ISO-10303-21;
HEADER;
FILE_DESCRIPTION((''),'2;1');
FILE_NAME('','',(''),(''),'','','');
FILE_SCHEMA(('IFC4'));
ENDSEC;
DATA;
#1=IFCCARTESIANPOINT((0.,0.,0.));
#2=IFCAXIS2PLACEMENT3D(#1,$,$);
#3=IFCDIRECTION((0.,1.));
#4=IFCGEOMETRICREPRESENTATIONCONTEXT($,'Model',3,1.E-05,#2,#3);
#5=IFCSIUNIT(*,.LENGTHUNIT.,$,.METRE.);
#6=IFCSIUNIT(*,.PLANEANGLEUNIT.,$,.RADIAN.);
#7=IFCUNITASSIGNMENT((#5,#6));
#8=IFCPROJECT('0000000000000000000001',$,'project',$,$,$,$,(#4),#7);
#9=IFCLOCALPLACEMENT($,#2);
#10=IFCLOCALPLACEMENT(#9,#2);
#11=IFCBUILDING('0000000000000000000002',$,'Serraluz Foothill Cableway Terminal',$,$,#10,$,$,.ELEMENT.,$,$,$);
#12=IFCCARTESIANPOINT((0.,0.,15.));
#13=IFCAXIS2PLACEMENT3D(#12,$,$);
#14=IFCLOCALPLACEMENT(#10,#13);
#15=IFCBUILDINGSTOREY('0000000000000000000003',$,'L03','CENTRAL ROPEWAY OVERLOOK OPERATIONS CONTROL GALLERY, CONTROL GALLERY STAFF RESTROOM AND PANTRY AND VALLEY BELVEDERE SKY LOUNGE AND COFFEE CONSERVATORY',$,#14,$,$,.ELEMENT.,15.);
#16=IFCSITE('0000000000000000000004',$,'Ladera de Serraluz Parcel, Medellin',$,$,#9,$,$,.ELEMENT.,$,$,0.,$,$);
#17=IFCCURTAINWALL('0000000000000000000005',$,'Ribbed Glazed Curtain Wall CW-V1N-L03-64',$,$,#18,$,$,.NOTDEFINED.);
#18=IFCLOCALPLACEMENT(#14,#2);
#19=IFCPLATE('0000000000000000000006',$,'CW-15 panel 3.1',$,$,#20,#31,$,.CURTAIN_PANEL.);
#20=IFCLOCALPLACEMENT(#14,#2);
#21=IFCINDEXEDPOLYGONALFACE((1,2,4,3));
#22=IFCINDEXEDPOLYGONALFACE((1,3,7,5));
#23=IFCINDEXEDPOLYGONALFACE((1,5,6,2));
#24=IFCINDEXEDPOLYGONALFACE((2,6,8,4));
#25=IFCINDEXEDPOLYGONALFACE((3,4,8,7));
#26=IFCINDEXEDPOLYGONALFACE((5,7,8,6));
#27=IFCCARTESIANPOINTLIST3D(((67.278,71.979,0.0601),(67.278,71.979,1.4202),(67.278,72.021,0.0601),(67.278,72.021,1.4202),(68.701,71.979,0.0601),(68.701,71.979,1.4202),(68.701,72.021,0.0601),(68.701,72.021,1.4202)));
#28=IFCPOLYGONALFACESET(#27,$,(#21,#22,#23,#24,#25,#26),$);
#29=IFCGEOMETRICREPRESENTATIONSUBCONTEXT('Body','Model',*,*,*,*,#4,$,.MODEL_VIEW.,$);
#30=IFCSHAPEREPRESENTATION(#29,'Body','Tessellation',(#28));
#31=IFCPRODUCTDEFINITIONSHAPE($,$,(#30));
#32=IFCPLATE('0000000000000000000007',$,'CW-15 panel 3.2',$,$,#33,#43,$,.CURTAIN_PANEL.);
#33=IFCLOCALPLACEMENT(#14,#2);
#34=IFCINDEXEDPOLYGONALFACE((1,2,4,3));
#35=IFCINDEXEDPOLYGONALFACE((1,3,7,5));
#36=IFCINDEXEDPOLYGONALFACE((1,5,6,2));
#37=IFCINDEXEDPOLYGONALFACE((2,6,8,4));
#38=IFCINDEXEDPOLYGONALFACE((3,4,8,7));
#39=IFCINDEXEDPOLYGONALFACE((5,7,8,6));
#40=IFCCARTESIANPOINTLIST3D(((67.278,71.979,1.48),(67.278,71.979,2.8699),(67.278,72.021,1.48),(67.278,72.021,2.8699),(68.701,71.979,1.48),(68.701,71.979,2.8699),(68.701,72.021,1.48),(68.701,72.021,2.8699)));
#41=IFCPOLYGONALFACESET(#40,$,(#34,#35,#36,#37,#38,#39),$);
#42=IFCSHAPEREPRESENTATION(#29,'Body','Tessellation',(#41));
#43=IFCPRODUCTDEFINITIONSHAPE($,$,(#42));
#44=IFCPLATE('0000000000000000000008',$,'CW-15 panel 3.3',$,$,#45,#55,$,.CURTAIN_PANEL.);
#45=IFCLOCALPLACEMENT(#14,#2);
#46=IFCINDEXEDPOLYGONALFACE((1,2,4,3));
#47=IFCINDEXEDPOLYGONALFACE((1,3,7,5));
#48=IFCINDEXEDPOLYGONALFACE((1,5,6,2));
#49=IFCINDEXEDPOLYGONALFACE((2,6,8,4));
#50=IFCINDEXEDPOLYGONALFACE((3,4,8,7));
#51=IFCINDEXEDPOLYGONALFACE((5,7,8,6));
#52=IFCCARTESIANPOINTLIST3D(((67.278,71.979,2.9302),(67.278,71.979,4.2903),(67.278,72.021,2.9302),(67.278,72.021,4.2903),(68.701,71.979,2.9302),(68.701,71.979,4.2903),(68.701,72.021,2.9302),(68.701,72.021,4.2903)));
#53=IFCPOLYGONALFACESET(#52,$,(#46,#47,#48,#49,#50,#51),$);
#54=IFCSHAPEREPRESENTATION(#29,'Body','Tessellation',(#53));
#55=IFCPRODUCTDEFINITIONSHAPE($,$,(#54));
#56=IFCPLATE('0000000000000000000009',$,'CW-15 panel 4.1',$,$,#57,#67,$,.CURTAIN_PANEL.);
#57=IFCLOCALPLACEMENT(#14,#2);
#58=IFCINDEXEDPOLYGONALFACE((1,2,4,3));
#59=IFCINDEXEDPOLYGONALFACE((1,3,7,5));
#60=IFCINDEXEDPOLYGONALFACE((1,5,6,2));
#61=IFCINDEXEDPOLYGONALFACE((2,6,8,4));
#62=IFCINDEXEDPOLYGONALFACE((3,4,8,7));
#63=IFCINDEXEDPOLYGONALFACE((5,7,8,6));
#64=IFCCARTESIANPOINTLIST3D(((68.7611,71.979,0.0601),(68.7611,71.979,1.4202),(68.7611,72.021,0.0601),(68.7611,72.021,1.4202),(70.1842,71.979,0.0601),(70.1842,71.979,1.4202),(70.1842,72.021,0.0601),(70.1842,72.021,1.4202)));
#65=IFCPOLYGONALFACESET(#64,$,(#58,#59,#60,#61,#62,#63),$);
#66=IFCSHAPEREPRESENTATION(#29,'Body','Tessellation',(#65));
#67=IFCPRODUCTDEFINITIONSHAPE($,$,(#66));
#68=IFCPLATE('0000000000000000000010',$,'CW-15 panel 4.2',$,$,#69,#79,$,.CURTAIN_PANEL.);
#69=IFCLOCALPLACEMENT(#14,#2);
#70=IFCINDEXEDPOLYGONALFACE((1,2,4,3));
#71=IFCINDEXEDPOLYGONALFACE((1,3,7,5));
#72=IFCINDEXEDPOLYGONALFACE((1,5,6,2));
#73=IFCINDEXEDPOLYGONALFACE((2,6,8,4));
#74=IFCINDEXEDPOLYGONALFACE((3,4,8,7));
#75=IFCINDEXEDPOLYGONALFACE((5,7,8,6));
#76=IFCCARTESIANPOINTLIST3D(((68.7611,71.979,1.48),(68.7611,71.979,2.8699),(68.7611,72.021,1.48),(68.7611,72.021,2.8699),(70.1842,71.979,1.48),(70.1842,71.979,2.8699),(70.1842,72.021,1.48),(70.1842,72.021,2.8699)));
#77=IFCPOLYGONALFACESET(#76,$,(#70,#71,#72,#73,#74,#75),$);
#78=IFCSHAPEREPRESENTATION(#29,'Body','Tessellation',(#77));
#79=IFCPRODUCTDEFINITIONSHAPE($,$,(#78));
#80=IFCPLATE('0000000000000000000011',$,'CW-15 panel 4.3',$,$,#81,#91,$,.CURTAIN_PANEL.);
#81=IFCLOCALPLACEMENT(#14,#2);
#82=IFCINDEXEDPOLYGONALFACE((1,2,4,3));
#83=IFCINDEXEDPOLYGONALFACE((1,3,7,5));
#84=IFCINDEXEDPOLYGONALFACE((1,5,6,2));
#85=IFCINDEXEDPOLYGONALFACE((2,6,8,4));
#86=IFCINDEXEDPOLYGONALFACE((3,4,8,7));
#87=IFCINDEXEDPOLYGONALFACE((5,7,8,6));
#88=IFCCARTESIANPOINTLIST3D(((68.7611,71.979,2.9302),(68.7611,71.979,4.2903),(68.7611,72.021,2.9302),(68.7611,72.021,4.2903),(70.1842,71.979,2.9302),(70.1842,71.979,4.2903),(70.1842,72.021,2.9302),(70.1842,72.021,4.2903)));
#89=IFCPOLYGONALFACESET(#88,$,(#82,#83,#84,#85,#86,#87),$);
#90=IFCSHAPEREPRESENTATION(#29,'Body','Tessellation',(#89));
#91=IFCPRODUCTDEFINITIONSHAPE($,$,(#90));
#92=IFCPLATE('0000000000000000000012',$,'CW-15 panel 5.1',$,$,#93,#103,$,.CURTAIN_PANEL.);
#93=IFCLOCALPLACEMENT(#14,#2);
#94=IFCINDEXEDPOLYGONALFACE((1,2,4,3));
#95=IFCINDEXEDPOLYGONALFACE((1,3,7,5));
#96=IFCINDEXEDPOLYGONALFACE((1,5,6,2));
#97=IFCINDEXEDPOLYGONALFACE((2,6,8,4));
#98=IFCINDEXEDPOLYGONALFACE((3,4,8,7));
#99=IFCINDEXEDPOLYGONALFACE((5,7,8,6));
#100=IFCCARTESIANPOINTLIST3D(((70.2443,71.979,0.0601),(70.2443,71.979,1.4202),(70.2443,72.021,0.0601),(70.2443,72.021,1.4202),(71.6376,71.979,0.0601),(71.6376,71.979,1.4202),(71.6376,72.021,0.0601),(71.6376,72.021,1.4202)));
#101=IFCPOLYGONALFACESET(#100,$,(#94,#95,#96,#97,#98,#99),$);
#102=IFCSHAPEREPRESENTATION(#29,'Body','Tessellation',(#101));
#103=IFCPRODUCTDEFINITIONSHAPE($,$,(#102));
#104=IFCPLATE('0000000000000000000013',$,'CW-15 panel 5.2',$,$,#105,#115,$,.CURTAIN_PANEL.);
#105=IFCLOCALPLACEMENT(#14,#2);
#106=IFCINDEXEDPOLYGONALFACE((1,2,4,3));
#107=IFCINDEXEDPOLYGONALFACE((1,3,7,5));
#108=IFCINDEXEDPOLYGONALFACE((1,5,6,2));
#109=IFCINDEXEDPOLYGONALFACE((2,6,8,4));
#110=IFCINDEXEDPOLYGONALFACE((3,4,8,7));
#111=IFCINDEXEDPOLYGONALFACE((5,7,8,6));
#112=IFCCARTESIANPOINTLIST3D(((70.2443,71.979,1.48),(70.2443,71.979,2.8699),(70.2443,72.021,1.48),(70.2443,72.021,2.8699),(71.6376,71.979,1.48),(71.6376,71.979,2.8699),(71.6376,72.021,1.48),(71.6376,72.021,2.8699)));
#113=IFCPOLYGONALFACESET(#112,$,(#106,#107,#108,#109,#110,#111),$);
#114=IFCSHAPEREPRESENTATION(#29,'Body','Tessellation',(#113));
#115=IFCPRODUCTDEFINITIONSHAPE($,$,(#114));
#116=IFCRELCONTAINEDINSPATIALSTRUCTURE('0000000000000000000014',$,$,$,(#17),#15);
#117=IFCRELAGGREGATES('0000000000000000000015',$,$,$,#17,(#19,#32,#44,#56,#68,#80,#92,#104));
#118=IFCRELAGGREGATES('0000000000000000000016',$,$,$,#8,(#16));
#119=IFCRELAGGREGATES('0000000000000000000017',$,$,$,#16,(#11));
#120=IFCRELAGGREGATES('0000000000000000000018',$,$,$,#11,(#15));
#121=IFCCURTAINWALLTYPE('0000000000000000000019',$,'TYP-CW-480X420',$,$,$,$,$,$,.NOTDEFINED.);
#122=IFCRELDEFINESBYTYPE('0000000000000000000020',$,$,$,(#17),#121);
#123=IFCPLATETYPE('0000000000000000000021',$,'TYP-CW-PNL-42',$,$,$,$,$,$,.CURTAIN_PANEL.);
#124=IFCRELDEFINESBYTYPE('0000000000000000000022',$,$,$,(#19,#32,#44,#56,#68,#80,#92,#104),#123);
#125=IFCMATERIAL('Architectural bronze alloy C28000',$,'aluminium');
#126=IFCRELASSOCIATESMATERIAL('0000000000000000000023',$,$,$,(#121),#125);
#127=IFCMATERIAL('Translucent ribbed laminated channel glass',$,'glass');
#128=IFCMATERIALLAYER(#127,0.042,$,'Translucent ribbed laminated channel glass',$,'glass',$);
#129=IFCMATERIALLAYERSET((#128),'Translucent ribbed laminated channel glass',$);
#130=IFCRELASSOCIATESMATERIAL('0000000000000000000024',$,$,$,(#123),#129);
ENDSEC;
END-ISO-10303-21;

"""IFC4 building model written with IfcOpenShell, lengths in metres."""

from ifc_helpers import new_model, si_unit, direction, frame, origin, origin_2d, place, context, subcontext, project, spatial, rectangle, extrude, material, layer, layer_set, type_object, element, aggregate, save


model = new_model("IFC4")

# Units and contexts
model_context = context("Model", 3, precision=1e-05, world=origin(), true_north=direction((0.0, 1.0)))
body_context = subcontext(model_context, "Body", "Model", "MODEL_VIEW")
ifc_project = project(units=[si_unit("LENGTHUNIT", "METRE"), si_unit("PLANEANGLEUNIT", "RADIAN")], contexts=[model_context])

# Site, building, storey
site_placement = place(None, origin())
site = spatial("IfcSite", under=ifc_project, at=site_placement, Name="Ladera de Serraluz Parcel, Medellin", CompositionType="ELEMENT", RefElevation=0.0)
building_placement = place(site_placement, origin())
building = spatial("IfcBuilding", under=site, at=building_placement, Name="Serraluz Foothill Cableway Terminal", CompositionType="ELEMENT")
storey_placement = place(building_placement, frame((0.0, 0.0, 15.0)))
storey = spatial("IfcBuildingStorey", under=building, at=storey_placement, Name="L03", Description="CENTRAL ROPEWAY OVERLOOK OPERATIONS CONTROL GALLERY, CONTROL GALLERY STAFF RESTROOM AND PANTRY AND VALLEY BELVEDERE SKY LOUNGE AND COFFEE CONSERVATORY", CompositionType="ELEMENT", Elevation=15.0)

# Curtain wall, plates
ifc_material_1 = material(Name="Architectural bronze alloy C28000", Category="aluminium")
curtain_wall_type = type_object("IfcCurtainWallType", Name="TYP-CW-480X420", PredefinedType="NOTDEFINED", material=ifc_material_1)
curtain_wall_placement = place(storey_placement, origin())
curtain_wall = element("IfcCurtainWall", 1, at=curtain_wall_placement, inside=storey, type_object=curtain_wall_type, Name="Ribbed Glazed Curtain Wall CW-V1N-L03-64", PredefinedType="NOTDEFINED")
ifc_material_2 = material(Name="Translucent ribbed laminated channel glass", Category="glass")
ifc_layer = layer(ifc_material_2, 0.042, Name="Translucent ribbed laminated channel glass", Category="glass")
ifc_layer_set = layer_set([ifc_layer], Name="Translucent ribbed laminated channel glass")
plate_type = type_object("IfcPlateType", Name="TYP-CW-PNL-42", PredefinedType="CURTAIN_PANEL", material=ifc_layer_set)
plate_1_placement = place(storey_placement, frame((67.9895, 72.0, 0.0601), z_axis=(0.0, 0.0, 1.0), x_axis=(1.0, 0.0, 0.0)))
plate_1 = element("IfcPlate", 2, at=plate_1_placement, type_object=plate_type, Name="CW-15 panel 3.1", PredefinedType="CURTAIN_PANEL", context=body_context, shape_type="SweptSolid", body=[
    extrude(rectangle(XDim=1.4231, YDim=0.042, at=origin_2d()), origin(), (0.0, 0.0, 1.0), 1.3601),
])
plate_2_placement = place(storey_placement, frame((67.9895, 72.0, 1.48), z_axis=(0.0, 0.0, 1.0), x_axis=(1.0, 0.0, 0.0)))
plate_2 = element("IfcPlate", 3, at=plate_2_placement, type_object=plate_type, Name="CW-15 panel 3.2", PredefinedType="CURTAIN_PANEL", context=body_context, shape_type="SweptSolid", body=[
    extrude(rectangle(XDim=1.4231, YDim=0.042, at=origin_2d()), origin(), (0.0, 0.0, 1.0), 1.3899),
])
plate_3_placement = place(storey_placement, frame((67.9895, 72.0, 2.9302), z_axis=(0.0, 0.0, 1.0), x_axis=(1.0, 0.0, 0.0)))
plate_3 = element("IfcPlate", 4, at=plate_3_placement, type_object=plate_type, Name="CW-15 panel 3.3", PredefinedType="CURTAIN_PANEL", context=body_context, shape_type="SweptSolid", body=[
    extrude(rectangle(XDim=1.4231, YDim=0.042, at=origin_2d()), origin(), (0.0, 0.0, 1.0), 1.3601),
])
plate_4_placement = place(storey_placement, frame((69.4727, 72.0, 0.0601), z_axis=(0.0, 0.0, 1.0), x_axis=(1.0, 0.0, 0.0)))
plate_4 = element("IfcPlate", 5, at=plate_4_placement, type_object=plate_type, Name="CW-15 panel 4.1", PredefinedType="CURTAIN_PANEL", context=body_context, shape_type="SweptSolid", body=[
    extrude(rectangle(XDim=1.4231, YDim=0.042, at=origin_2d()), origin(), (0.0, 0.0, 1.0), 1.3601),
])
plate_5_placement = place(storey_placement, frame((69.4727, 72.0, 1.48), z_axis=(0.0, 0.0, 1.0), x_axis=(1.0, 0.0, 0.0)))
plate_5 = element("IfcPlate", 6, at=plate_5_placement, type_object=plate_type, Name="CW-15 panel 4.2", PredefinedType="CURTAIN_PANEL", context=body_context, shape_type="SweptSolid", body=[
    extrude(rectangle(XDim=1.4231, YDim=0.042, at=origin_2d()), origin(), (0.0, 0.0, 1.0), 1.3899),
])
plate_6_placement = place(storey_placement, frame((69.4727, 72.0, 2.9302), z_axis=(0.0, 0.0, 1.0), x_axis=(1.0, 0.0, 0.0)))
plate_6 = element("IfcPlate", 7, at=plate_6_placement, type_object=plate_type, Name="CW-15 panel 4.3", PredefinedType="CURTAIN_PANEL", context=body_context, shape_type="SweptSolid", body=[
    extrude(rectangle(XDim=1.4231, YDim=0.042, at=origin_2d()), origin(), (0.0, 0.0, 1.0), 1.3601),
])
plate_7_placement = place(storey_placement, frame((70.9409, 72.0, 0.0601), z_axis=(0.0, 0.0, 1.0), x_axis=(1.0, 0.0, 0.0)))
plate_7 = element("IfcPlate", 8, at=plate_7_placement, type_object=plate_type, Name="CW-15 panel 5.1", PredefinedType="CURTAIN_PANEL", context=body_context, shape_type="SweptSolid", body=[
    extrude(rectangle(XDim=1.3933, YDim=0.042, at=origin_2d()), origin(), (0.0, 0.0, 1.0), 1.3601),
])
plate_8_placement = place(storey_placement, frame((70.9409, 72.0, 1.48), z_axis=(0.0, 0.0, 1.0), x_axis=(1.0, 0.0, 0.0)))
plate_8 = element("IfcPlate", 9, at=plate_8_placement, type_object=plate_type, Name="CW-15 panel 5.2", PredefinedType="CURTAIN_PANEL", context=body_context, shape_type="SweptSolid", body=[
    extrude(rectangle(XDim=1.3933, YDim=0.042, at=origin_2d()), origin(), (0.0, 0.0, 1.0), 1.3899),
])
aggregate(curtain_wall, [plate_1, plate_2, plate_3, plate_4, plate_5, plate_6, plate_7, plate_8])

save(model, "model.ifc")
